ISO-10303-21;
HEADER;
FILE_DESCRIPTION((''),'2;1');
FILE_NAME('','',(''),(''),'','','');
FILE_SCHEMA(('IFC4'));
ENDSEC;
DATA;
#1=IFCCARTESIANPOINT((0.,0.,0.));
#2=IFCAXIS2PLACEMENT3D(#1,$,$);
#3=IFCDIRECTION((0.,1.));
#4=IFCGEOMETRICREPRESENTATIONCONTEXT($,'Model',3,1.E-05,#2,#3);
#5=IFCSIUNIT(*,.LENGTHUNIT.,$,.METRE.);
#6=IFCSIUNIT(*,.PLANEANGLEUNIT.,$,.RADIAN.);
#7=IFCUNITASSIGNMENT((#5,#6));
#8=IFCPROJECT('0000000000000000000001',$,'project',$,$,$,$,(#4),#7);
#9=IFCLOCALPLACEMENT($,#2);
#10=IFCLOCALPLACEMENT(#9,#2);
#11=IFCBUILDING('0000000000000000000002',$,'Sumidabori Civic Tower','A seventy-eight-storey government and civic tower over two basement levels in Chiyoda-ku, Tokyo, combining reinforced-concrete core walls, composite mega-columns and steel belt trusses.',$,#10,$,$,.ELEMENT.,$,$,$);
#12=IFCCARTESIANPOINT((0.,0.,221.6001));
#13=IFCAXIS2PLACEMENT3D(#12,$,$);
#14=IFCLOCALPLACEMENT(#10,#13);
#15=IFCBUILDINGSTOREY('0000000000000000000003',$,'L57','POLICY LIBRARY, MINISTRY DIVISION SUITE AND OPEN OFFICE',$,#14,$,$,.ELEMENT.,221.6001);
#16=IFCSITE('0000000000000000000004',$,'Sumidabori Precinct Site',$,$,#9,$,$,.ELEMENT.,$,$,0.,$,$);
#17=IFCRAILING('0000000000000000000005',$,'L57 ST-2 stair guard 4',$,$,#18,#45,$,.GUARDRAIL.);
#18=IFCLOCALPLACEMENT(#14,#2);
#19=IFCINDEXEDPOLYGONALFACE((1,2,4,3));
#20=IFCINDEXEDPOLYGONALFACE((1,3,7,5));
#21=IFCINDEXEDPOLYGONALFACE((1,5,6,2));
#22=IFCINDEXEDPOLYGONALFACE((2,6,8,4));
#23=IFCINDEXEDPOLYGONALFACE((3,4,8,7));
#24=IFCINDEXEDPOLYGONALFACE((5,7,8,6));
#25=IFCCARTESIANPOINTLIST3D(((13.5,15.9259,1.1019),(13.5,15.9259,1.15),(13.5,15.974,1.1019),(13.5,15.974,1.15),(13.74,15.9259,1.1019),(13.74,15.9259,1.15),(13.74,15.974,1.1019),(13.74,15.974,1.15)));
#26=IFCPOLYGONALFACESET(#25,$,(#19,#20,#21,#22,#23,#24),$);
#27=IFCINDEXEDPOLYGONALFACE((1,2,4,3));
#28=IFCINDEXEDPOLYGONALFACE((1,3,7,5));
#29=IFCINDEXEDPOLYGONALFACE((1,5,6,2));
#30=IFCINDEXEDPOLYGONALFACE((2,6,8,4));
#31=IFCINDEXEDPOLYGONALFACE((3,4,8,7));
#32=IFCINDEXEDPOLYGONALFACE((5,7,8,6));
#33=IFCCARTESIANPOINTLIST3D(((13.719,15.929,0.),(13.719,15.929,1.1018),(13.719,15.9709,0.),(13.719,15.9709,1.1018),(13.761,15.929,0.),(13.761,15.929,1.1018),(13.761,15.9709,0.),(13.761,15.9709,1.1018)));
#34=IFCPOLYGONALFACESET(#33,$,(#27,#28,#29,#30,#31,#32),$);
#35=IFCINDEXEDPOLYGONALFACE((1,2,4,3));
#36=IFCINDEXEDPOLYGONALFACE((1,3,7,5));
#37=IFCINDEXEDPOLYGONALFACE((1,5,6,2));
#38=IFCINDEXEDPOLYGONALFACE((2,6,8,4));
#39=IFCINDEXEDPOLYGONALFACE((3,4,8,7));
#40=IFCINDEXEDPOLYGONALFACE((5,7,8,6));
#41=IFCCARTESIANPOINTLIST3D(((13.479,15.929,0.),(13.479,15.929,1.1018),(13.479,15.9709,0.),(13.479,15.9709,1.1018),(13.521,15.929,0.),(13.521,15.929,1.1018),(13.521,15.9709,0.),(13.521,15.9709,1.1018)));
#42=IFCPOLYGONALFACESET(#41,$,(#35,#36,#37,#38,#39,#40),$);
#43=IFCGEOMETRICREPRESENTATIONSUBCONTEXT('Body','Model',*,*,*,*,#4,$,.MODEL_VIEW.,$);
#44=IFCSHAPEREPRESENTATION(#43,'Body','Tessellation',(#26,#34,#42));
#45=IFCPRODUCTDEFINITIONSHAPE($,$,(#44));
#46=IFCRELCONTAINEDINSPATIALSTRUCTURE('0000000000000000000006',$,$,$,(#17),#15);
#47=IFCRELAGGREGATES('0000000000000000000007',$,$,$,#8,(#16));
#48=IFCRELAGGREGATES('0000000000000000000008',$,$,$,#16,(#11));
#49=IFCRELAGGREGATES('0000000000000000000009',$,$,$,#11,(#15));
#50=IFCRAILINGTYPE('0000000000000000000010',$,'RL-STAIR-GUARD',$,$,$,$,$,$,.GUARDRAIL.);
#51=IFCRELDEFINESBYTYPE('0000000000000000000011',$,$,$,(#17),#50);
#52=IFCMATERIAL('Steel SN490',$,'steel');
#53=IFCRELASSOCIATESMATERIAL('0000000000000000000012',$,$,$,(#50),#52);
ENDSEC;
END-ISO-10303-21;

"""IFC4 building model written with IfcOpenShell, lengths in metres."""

from ifc_helpers import new_model, si_unit, direction, frame, origin, origin_2d, place, context, subcontext, project, spatial, rectangle, extrude, material, type_object, element, save


model = new_model("IFC4")

# Units and contexts
model_context = context("Model", 3, precision=1e-05, world=origin(), true_north=direction((0.0, 1.0)))
body_context = subcontext(model_context, "Body", "Model", "MODEL_VIEW")
ifc_project = project(units=[si_unit("LENGTHUNIT", "METRE"), si_unit("PLANEANGLEUNIT", "RADIAN")], contexts=[model_context])

# Site, building, storey
site_placement = place(None, origin())
site = spatial("IfcSite", under=ifc_project, at=site_placement, Name="Sumidabori Precinct Site", CompositionType="ELEMENT", RefElevation=0.0)
building_placement = place(site_placement, origin())
building = spatial("IfcBuilding", under=site, at=building_placement, Name="Sumidabori Civic Tower", Description="A seventy-eight-storey government and civic tower over two basement levels in Chiyoda-ku, Tokyo, combining reinforced-concrete core walls, composite mega-columns and steel belt trusses.", CompositionType="ELEMENT")
storey_placement = place(building_placement, frame((0.0, 0.0, 221.6001)))
storey = spatial("IfcBuildingStorey", under=building, at=storey_placement, Name="L57", Description="POLICY LIBRARY, MINISTRY DIVISION SUITE AND OPEN OFFICE", CompositionType="ELEMENT", Elevation=221.6001)

# Shared definitions
ifc_material_1 = material(Name="Steel SN490", Category="steel")

# Railing
railing_type_1 = type_object("IfcRailingType", Name="RL-STAIR-GUARD", PredefinedType="GUARDRAIL", material=ifc_material_1)
railing_1_placement = place(storey_placement, frame((13.74, 15.95, 0.0)))
element("IfcRailing", 1, at=railing_1_placement, inside=storey, type_object=railing_type_1, Name="L57 ST-2 stair guard 4", PredefinedType="GUARDRAIL", context=body_context, shape_type="SweptSolid", body=[
    extrude(rectangle(XDim=0.0481, YDim=0.0481, at=origin_2d()), frame((0.0, 0.0, 1.126), z_axis=(-1.0, 0.0, 0.0), x_axis=(0.0, -1.0, 0.0)), (0.0, 0.0, 1.0), 0.24),
    extrude(rectangle(XDim=0.042, YDim=0.042, at=origin_2d()), origin(), (0.0, 0.0, 1.0), 1.1018),
    extrude(rectangle(XDim=0.042, YDim=0.042, at=origin_2d()), frame((-0.24, 0.0, 0.0)), (0.0, 0.0, 1.0), 1.1018),
])

save(model, "model.ifc")
